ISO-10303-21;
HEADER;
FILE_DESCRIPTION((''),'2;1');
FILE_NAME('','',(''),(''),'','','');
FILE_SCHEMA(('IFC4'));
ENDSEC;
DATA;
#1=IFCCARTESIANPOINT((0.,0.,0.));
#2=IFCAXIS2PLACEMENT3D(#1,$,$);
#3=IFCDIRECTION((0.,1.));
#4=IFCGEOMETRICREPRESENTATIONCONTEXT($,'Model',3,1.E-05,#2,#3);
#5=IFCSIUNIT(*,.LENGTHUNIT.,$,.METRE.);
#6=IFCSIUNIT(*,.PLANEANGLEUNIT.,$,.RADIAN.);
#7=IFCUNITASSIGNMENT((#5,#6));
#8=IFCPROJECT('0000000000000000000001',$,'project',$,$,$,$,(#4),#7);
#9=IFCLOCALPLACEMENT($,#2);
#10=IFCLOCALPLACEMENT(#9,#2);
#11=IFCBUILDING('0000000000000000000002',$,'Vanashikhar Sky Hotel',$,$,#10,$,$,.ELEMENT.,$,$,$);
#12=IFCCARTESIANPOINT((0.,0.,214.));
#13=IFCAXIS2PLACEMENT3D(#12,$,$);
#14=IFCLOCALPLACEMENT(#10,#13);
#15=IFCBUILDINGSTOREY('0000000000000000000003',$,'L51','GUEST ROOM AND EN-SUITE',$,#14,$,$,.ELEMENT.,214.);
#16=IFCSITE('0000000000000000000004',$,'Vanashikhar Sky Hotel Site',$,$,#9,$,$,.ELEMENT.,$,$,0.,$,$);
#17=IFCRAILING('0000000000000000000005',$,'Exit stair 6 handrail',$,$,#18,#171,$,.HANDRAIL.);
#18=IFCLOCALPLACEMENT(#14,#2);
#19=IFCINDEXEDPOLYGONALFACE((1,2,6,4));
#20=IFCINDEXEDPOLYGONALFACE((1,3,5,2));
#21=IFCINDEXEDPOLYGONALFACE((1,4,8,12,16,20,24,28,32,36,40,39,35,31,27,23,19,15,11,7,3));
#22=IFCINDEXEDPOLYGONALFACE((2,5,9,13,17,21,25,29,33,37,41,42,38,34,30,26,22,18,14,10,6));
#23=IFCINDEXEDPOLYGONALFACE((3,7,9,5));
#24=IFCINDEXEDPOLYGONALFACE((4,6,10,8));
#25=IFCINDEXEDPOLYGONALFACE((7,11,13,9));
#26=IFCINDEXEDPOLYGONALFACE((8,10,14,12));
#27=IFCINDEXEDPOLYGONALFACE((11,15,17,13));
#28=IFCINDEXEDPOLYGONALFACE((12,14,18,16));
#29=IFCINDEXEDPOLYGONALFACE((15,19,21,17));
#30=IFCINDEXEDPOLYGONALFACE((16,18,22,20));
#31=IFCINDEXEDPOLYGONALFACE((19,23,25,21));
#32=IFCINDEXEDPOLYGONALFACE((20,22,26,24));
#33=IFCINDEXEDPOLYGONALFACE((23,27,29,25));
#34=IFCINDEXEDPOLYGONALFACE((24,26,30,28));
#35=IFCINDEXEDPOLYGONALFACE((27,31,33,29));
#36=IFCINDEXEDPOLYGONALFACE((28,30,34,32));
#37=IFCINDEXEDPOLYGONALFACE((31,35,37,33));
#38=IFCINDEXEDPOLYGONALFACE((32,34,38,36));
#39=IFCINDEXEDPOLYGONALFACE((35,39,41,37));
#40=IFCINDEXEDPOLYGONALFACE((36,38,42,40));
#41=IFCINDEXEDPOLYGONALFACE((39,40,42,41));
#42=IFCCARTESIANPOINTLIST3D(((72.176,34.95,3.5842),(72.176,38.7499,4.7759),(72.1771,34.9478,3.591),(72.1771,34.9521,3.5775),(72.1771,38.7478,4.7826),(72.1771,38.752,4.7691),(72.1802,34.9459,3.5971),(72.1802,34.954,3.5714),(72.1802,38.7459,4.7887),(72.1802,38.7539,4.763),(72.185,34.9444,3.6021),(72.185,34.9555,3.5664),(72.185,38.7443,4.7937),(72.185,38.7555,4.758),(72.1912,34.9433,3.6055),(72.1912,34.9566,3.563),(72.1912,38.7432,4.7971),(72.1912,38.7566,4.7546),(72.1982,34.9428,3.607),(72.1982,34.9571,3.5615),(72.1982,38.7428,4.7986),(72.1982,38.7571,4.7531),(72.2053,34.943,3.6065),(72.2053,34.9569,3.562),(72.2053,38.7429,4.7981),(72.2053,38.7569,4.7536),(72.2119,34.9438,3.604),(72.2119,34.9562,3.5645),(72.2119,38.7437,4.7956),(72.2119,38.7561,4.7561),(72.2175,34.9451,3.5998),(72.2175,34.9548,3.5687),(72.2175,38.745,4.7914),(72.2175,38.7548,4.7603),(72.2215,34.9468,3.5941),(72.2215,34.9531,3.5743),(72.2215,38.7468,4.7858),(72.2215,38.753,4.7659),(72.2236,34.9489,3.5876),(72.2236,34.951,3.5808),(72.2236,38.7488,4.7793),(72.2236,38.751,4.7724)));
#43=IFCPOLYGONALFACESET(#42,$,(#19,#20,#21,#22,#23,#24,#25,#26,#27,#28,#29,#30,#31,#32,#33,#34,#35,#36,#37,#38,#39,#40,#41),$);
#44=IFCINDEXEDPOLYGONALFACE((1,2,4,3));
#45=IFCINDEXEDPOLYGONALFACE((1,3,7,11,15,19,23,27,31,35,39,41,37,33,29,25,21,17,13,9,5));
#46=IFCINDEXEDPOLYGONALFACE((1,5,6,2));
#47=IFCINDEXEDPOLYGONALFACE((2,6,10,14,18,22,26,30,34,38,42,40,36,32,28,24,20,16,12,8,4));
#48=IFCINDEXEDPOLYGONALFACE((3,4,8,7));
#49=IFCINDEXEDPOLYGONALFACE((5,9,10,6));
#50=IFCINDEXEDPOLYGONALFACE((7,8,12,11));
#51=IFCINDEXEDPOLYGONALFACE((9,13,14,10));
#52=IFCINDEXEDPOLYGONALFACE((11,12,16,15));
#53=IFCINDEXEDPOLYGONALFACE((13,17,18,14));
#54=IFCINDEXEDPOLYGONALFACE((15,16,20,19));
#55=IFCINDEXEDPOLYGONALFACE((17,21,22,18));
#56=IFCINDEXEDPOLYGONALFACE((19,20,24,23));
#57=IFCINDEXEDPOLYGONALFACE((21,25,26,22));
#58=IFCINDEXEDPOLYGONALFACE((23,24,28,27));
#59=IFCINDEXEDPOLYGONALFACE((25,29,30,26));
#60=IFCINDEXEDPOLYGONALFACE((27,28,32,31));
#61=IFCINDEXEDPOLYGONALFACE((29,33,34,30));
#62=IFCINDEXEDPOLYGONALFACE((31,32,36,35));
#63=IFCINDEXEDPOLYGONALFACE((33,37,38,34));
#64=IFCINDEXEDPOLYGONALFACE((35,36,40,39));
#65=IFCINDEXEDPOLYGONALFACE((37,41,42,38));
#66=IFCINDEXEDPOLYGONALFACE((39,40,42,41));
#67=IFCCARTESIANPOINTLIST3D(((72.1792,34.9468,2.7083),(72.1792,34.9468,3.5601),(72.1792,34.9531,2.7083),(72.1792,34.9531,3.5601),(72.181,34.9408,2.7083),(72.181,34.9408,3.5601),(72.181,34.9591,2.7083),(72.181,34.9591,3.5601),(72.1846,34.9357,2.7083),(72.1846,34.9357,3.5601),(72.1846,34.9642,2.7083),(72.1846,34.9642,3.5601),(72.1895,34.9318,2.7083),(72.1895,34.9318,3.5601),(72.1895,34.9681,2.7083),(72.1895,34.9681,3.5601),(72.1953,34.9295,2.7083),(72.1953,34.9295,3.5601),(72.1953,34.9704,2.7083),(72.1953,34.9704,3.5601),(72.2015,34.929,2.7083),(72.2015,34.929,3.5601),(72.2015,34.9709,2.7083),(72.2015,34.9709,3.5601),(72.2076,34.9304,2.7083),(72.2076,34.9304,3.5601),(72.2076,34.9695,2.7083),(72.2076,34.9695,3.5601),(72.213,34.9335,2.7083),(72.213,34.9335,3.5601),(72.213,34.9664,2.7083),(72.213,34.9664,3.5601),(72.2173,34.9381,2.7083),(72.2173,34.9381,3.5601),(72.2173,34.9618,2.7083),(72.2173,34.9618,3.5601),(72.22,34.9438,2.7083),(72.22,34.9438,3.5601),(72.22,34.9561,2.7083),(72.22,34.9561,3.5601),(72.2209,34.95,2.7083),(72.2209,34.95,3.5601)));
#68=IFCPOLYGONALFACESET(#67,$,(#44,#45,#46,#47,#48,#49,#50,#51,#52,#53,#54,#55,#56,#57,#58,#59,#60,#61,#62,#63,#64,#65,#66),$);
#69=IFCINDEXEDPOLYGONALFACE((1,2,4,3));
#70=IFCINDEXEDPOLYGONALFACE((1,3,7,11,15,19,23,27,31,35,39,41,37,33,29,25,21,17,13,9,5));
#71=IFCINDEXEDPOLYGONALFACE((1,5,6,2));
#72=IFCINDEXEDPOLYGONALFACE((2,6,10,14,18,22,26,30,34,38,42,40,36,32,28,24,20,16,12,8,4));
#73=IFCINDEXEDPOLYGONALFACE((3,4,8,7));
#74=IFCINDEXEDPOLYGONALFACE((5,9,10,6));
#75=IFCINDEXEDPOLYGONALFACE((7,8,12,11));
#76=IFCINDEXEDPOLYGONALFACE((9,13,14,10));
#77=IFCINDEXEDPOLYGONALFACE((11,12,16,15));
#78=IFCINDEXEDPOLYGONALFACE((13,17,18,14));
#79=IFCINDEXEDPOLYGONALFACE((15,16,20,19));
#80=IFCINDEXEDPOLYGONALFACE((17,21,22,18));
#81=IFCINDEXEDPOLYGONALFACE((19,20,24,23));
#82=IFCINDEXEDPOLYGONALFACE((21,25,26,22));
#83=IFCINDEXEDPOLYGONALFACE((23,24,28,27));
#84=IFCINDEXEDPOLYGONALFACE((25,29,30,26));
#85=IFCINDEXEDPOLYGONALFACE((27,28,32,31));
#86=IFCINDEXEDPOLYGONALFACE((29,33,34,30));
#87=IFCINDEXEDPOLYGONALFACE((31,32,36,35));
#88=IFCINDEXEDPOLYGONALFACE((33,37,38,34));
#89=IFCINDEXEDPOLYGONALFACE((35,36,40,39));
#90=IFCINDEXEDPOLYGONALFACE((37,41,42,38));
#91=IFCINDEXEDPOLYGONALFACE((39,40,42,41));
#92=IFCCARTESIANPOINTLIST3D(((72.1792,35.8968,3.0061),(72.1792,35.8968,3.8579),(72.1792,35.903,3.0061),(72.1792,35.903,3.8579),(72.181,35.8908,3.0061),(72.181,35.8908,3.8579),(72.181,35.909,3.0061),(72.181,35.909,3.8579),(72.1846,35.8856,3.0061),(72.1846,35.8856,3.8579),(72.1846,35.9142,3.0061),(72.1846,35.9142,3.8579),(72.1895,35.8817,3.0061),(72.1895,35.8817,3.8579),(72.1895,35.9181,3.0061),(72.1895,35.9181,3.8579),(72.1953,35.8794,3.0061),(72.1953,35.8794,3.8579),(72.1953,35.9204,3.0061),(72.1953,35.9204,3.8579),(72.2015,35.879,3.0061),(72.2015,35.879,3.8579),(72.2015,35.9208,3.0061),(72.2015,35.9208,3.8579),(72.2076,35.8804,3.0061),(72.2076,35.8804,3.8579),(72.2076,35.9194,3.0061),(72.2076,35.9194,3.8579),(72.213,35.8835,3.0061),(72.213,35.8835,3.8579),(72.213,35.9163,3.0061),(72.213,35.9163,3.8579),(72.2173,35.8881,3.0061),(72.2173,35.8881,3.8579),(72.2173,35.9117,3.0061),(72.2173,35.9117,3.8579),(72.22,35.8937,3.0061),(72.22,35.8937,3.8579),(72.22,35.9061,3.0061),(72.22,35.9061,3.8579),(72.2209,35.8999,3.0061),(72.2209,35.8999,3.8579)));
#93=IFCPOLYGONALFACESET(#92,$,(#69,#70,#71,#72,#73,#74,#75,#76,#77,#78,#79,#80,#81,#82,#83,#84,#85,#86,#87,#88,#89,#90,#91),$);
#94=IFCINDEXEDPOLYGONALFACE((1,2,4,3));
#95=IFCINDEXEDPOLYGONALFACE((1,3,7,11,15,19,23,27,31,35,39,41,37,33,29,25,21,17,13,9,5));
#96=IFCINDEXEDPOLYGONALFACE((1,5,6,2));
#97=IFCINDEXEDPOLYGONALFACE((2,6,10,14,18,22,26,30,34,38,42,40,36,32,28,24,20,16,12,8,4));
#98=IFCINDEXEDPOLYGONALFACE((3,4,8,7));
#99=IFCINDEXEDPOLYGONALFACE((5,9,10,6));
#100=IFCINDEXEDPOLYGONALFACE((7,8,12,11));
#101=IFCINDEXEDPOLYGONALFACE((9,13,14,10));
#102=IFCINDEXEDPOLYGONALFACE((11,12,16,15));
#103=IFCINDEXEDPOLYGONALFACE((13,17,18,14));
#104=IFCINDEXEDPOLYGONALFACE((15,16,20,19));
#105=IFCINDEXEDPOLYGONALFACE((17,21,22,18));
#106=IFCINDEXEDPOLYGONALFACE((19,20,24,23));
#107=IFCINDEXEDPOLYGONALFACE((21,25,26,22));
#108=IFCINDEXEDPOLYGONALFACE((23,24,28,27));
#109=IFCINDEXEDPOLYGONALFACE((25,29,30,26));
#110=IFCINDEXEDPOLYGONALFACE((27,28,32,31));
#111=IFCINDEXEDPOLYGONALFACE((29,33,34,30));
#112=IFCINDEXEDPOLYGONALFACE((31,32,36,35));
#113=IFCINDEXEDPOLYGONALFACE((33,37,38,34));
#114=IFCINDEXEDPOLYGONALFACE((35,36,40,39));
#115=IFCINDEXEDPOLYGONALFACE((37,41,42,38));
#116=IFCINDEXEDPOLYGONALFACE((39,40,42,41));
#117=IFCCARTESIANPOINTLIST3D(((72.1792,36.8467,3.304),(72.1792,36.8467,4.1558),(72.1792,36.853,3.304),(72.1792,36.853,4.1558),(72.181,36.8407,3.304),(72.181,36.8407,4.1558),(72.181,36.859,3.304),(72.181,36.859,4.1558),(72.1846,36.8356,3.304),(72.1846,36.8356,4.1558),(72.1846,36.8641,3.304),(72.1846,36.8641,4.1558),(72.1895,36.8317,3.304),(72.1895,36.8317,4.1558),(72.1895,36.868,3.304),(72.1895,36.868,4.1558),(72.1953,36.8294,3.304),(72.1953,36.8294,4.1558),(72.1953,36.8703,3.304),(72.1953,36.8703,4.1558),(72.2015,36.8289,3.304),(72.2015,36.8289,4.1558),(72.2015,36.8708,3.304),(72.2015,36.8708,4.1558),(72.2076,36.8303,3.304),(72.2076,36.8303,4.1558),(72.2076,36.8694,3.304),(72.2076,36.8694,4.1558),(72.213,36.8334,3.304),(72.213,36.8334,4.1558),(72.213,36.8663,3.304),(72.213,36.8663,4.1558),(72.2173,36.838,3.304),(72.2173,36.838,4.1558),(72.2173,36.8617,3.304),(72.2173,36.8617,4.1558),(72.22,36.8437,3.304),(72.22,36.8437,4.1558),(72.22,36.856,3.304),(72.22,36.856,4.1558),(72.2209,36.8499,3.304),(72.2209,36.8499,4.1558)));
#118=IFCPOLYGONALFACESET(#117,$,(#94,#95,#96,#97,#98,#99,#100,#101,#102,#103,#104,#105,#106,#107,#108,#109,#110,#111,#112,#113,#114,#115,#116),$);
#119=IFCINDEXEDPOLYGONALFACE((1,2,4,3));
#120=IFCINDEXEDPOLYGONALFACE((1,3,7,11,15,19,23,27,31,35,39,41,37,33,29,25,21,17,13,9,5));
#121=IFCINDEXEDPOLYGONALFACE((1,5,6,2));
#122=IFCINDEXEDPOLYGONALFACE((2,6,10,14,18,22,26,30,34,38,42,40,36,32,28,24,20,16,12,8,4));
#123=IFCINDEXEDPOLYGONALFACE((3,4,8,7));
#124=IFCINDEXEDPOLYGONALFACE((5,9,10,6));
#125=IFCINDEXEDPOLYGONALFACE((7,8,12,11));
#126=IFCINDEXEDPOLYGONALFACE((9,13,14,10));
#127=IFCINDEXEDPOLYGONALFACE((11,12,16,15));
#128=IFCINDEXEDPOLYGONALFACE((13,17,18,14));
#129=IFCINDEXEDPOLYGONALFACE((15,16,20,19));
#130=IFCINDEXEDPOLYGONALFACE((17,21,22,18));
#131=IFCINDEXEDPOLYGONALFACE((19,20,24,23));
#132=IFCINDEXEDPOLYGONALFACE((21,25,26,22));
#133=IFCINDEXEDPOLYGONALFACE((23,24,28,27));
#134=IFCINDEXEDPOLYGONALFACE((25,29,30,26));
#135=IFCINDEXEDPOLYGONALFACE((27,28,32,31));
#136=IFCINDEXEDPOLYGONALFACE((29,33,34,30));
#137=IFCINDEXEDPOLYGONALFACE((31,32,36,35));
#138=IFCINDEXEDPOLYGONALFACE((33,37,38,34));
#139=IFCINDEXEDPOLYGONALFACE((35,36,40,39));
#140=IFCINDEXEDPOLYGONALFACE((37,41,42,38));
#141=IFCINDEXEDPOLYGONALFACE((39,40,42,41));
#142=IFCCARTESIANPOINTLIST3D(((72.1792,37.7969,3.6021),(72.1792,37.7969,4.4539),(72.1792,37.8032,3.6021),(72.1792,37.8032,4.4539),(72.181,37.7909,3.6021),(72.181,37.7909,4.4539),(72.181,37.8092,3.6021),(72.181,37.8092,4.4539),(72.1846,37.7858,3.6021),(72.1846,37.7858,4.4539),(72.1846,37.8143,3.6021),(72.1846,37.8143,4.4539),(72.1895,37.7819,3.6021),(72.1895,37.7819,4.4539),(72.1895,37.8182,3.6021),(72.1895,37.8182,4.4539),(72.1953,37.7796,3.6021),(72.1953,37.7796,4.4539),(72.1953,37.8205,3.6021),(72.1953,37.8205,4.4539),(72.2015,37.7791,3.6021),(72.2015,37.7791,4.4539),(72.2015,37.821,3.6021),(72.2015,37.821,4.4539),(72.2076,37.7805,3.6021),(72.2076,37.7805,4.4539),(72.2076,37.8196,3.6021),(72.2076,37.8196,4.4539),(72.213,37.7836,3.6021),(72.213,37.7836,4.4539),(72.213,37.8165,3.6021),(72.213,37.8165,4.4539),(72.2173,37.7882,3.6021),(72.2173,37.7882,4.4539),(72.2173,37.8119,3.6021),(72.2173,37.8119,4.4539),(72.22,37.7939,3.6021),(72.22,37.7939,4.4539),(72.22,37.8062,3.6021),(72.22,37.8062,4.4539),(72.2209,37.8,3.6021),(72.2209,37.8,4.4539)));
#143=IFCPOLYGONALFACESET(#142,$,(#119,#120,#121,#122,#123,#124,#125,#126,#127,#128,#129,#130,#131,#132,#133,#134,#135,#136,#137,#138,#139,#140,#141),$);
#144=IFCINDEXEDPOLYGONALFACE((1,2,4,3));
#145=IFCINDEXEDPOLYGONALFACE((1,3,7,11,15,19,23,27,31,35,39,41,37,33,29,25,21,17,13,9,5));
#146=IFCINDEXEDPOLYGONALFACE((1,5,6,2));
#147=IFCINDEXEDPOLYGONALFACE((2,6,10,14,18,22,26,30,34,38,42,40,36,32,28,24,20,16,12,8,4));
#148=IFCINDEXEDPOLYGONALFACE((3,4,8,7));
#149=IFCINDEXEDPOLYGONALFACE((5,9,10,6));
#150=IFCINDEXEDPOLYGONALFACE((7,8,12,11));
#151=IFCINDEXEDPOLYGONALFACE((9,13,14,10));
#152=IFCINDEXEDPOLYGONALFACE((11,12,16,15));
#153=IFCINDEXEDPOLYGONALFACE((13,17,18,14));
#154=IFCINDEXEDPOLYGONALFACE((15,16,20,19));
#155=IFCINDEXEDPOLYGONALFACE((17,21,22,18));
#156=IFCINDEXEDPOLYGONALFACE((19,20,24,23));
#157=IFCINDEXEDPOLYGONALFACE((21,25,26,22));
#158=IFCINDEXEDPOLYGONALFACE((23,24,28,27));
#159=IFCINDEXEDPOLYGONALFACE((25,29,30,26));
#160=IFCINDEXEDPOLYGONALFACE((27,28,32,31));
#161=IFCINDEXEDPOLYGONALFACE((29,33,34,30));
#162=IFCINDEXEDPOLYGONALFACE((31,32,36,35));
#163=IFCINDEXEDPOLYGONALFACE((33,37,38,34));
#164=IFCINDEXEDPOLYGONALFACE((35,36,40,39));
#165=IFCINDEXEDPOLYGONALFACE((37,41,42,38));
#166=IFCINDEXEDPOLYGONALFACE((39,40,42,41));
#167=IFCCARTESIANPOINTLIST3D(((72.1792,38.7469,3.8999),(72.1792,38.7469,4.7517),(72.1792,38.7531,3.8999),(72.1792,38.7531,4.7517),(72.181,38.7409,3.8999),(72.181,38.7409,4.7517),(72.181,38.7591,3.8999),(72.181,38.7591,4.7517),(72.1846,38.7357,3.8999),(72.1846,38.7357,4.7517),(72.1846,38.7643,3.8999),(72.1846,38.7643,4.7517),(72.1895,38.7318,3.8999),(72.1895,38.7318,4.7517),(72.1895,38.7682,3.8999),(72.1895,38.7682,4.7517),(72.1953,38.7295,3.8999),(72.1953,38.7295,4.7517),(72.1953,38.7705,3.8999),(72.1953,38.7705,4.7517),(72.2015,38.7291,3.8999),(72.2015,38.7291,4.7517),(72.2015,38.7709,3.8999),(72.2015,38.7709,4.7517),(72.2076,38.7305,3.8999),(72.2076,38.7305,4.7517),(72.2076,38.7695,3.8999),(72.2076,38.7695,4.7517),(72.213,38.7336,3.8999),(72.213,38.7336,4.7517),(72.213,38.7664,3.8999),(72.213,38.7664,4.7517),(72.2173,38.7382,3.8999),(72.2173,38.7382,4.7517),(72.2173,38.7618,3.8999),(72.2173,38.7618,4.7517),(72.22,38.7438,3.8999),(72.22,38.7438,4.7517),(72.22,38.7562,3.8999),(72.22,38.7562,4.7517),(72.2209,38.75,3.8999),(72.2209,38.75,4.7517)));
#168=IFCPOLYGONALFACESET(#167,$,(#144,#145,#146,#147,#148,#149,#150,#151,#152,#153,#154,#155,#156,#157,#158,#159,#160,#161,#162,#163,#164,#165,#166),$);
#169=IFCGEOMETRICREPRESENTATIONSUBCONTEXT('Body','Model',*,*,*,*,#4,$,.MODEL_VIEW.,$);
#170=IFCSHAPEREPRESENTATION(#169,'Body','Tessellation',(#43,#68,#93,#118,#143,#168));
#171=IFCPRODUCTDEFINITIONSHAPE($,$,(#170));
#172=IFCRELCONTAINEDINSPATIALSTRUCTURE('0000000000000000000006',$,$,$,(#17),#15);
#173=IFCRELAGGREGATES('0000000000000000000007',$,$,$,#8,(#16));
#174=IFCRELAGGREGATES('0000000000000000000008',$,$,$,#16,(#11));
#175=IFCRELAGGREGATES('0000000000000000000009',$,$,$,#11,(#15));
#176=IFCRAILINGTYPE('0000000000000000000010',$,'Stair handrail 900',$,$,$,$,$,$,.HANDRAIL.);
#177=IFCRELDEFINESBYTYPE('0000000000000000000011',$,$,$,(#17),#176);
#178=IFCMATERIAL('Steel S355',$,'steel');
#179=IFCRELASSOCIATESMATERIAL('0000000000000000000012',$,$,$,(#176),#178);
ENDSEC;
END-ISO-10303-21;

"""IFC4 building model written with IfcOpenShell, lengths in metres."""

from ifc_helpers import new_model, si_unit, direction, frame, origin, origin_2d, place, context, subcontext, project, spatial, circle, extrude, source, transform, mapped, material, type_object, element, save


model = new_model("IFC4")

# Units and contexts
model_context = context("Model", 3, precision=1e-05, world=origin(), true_north=direction((0.0, 1.0)))
body_context = subcontext(model_context, "Body", "Model", "MODEL_VIEW")
ifc_project = project(units=[si_unit("LENGTHUNIT", "METRE"), si_unit("PLANEANGLEUNIT", "RADIAN")], contexts=[model_context])

# Site, building, storey
site_placement = place(None, origin())
site = spatial("IfcSite", under=ifc_project, at=site_placement, Name="Vanashikhar Sky Hotel Site", CompositionType="ELEMENT", RefElevation=0.0)
building_placement = place(site_placement, origin())
building = spatial("IfcBuilding", under=site, at=building_placement, Name="Vanashikhar Sky Hotel", CompositionType="ELEMENT")
storey_placement = place(building_placement, frame((0.0, 0.0, 214.0)))
storey = spatial("IfcBuildingStorey", under=building, at=storey_placement, Name="L51", Description="GUEST ROOM AND EN-SUITE", CompositionType="ELEMENT", Elevation=214.0)

# Railing
ifc_material_1 = material(Name="Steel S355", Category="steel")
railing_type = type_object("IfcRailingType", Name="Stair handrail 900", PredefinedType="HANDRAIL", material=ifc_material_1)
shared_shape_1 = source(origin(), body_context, "Body", "SweptSolid", [
    extrude(circle(Radius=0.0239, at=origin_2d()), frame((0.0, 0.0, 0.876), z_axis=(0.0, 0.954184, 0.299221), x_axis=(-1.0, 0.0, 0.0)), (0.0, 0.0, 1.0), 3.9824),
    extrude(circle(Radius=0.021, at=origin_2d()), origin(), (0.0, 0.0, 1.0), 0.8518),
    extrude(circle(Radius=0.021, at=origin_2d()), frame((0.0, 0.95, 0.2979)), (0.0, 0.0, 1.0), 0.8518),
    extrude(circle(Radius=0.021, at=origin_2d()), frame((0.0, 1.8999, 0.5957)), (0.0, 0.0, 1.0), 0.8518),
    extrude(circle(Radius=0.021, at=origin_2d()), frame((0.0, 2.8501, 0.8938)), (0.0, 0.0, 1.0), 0.8518),
    extrude(circle(Radius=0.021, at=origin_2d()), frame((0.0, 3.8, 1.1917)), (0.0, 0.0, 1.0), 0.8518),
])
for number, where, name in (
    (1, (72.2, 34.95, 2.7083), "Exit stair 6 handrail"),
):
    element("IfcRailing", number, at=place(storey_placement, frame(where)), inside=storey, type_object=railing_type, Name=name, PredefinedType="HANDRAIL", context=body_context, shape_type="MappedRepresentation", body=[
        mapped(shared_shape_1, transform((0.0, 0.0, 0.0), scale=1.0)),
    ])

save(model, "model.ifc")
